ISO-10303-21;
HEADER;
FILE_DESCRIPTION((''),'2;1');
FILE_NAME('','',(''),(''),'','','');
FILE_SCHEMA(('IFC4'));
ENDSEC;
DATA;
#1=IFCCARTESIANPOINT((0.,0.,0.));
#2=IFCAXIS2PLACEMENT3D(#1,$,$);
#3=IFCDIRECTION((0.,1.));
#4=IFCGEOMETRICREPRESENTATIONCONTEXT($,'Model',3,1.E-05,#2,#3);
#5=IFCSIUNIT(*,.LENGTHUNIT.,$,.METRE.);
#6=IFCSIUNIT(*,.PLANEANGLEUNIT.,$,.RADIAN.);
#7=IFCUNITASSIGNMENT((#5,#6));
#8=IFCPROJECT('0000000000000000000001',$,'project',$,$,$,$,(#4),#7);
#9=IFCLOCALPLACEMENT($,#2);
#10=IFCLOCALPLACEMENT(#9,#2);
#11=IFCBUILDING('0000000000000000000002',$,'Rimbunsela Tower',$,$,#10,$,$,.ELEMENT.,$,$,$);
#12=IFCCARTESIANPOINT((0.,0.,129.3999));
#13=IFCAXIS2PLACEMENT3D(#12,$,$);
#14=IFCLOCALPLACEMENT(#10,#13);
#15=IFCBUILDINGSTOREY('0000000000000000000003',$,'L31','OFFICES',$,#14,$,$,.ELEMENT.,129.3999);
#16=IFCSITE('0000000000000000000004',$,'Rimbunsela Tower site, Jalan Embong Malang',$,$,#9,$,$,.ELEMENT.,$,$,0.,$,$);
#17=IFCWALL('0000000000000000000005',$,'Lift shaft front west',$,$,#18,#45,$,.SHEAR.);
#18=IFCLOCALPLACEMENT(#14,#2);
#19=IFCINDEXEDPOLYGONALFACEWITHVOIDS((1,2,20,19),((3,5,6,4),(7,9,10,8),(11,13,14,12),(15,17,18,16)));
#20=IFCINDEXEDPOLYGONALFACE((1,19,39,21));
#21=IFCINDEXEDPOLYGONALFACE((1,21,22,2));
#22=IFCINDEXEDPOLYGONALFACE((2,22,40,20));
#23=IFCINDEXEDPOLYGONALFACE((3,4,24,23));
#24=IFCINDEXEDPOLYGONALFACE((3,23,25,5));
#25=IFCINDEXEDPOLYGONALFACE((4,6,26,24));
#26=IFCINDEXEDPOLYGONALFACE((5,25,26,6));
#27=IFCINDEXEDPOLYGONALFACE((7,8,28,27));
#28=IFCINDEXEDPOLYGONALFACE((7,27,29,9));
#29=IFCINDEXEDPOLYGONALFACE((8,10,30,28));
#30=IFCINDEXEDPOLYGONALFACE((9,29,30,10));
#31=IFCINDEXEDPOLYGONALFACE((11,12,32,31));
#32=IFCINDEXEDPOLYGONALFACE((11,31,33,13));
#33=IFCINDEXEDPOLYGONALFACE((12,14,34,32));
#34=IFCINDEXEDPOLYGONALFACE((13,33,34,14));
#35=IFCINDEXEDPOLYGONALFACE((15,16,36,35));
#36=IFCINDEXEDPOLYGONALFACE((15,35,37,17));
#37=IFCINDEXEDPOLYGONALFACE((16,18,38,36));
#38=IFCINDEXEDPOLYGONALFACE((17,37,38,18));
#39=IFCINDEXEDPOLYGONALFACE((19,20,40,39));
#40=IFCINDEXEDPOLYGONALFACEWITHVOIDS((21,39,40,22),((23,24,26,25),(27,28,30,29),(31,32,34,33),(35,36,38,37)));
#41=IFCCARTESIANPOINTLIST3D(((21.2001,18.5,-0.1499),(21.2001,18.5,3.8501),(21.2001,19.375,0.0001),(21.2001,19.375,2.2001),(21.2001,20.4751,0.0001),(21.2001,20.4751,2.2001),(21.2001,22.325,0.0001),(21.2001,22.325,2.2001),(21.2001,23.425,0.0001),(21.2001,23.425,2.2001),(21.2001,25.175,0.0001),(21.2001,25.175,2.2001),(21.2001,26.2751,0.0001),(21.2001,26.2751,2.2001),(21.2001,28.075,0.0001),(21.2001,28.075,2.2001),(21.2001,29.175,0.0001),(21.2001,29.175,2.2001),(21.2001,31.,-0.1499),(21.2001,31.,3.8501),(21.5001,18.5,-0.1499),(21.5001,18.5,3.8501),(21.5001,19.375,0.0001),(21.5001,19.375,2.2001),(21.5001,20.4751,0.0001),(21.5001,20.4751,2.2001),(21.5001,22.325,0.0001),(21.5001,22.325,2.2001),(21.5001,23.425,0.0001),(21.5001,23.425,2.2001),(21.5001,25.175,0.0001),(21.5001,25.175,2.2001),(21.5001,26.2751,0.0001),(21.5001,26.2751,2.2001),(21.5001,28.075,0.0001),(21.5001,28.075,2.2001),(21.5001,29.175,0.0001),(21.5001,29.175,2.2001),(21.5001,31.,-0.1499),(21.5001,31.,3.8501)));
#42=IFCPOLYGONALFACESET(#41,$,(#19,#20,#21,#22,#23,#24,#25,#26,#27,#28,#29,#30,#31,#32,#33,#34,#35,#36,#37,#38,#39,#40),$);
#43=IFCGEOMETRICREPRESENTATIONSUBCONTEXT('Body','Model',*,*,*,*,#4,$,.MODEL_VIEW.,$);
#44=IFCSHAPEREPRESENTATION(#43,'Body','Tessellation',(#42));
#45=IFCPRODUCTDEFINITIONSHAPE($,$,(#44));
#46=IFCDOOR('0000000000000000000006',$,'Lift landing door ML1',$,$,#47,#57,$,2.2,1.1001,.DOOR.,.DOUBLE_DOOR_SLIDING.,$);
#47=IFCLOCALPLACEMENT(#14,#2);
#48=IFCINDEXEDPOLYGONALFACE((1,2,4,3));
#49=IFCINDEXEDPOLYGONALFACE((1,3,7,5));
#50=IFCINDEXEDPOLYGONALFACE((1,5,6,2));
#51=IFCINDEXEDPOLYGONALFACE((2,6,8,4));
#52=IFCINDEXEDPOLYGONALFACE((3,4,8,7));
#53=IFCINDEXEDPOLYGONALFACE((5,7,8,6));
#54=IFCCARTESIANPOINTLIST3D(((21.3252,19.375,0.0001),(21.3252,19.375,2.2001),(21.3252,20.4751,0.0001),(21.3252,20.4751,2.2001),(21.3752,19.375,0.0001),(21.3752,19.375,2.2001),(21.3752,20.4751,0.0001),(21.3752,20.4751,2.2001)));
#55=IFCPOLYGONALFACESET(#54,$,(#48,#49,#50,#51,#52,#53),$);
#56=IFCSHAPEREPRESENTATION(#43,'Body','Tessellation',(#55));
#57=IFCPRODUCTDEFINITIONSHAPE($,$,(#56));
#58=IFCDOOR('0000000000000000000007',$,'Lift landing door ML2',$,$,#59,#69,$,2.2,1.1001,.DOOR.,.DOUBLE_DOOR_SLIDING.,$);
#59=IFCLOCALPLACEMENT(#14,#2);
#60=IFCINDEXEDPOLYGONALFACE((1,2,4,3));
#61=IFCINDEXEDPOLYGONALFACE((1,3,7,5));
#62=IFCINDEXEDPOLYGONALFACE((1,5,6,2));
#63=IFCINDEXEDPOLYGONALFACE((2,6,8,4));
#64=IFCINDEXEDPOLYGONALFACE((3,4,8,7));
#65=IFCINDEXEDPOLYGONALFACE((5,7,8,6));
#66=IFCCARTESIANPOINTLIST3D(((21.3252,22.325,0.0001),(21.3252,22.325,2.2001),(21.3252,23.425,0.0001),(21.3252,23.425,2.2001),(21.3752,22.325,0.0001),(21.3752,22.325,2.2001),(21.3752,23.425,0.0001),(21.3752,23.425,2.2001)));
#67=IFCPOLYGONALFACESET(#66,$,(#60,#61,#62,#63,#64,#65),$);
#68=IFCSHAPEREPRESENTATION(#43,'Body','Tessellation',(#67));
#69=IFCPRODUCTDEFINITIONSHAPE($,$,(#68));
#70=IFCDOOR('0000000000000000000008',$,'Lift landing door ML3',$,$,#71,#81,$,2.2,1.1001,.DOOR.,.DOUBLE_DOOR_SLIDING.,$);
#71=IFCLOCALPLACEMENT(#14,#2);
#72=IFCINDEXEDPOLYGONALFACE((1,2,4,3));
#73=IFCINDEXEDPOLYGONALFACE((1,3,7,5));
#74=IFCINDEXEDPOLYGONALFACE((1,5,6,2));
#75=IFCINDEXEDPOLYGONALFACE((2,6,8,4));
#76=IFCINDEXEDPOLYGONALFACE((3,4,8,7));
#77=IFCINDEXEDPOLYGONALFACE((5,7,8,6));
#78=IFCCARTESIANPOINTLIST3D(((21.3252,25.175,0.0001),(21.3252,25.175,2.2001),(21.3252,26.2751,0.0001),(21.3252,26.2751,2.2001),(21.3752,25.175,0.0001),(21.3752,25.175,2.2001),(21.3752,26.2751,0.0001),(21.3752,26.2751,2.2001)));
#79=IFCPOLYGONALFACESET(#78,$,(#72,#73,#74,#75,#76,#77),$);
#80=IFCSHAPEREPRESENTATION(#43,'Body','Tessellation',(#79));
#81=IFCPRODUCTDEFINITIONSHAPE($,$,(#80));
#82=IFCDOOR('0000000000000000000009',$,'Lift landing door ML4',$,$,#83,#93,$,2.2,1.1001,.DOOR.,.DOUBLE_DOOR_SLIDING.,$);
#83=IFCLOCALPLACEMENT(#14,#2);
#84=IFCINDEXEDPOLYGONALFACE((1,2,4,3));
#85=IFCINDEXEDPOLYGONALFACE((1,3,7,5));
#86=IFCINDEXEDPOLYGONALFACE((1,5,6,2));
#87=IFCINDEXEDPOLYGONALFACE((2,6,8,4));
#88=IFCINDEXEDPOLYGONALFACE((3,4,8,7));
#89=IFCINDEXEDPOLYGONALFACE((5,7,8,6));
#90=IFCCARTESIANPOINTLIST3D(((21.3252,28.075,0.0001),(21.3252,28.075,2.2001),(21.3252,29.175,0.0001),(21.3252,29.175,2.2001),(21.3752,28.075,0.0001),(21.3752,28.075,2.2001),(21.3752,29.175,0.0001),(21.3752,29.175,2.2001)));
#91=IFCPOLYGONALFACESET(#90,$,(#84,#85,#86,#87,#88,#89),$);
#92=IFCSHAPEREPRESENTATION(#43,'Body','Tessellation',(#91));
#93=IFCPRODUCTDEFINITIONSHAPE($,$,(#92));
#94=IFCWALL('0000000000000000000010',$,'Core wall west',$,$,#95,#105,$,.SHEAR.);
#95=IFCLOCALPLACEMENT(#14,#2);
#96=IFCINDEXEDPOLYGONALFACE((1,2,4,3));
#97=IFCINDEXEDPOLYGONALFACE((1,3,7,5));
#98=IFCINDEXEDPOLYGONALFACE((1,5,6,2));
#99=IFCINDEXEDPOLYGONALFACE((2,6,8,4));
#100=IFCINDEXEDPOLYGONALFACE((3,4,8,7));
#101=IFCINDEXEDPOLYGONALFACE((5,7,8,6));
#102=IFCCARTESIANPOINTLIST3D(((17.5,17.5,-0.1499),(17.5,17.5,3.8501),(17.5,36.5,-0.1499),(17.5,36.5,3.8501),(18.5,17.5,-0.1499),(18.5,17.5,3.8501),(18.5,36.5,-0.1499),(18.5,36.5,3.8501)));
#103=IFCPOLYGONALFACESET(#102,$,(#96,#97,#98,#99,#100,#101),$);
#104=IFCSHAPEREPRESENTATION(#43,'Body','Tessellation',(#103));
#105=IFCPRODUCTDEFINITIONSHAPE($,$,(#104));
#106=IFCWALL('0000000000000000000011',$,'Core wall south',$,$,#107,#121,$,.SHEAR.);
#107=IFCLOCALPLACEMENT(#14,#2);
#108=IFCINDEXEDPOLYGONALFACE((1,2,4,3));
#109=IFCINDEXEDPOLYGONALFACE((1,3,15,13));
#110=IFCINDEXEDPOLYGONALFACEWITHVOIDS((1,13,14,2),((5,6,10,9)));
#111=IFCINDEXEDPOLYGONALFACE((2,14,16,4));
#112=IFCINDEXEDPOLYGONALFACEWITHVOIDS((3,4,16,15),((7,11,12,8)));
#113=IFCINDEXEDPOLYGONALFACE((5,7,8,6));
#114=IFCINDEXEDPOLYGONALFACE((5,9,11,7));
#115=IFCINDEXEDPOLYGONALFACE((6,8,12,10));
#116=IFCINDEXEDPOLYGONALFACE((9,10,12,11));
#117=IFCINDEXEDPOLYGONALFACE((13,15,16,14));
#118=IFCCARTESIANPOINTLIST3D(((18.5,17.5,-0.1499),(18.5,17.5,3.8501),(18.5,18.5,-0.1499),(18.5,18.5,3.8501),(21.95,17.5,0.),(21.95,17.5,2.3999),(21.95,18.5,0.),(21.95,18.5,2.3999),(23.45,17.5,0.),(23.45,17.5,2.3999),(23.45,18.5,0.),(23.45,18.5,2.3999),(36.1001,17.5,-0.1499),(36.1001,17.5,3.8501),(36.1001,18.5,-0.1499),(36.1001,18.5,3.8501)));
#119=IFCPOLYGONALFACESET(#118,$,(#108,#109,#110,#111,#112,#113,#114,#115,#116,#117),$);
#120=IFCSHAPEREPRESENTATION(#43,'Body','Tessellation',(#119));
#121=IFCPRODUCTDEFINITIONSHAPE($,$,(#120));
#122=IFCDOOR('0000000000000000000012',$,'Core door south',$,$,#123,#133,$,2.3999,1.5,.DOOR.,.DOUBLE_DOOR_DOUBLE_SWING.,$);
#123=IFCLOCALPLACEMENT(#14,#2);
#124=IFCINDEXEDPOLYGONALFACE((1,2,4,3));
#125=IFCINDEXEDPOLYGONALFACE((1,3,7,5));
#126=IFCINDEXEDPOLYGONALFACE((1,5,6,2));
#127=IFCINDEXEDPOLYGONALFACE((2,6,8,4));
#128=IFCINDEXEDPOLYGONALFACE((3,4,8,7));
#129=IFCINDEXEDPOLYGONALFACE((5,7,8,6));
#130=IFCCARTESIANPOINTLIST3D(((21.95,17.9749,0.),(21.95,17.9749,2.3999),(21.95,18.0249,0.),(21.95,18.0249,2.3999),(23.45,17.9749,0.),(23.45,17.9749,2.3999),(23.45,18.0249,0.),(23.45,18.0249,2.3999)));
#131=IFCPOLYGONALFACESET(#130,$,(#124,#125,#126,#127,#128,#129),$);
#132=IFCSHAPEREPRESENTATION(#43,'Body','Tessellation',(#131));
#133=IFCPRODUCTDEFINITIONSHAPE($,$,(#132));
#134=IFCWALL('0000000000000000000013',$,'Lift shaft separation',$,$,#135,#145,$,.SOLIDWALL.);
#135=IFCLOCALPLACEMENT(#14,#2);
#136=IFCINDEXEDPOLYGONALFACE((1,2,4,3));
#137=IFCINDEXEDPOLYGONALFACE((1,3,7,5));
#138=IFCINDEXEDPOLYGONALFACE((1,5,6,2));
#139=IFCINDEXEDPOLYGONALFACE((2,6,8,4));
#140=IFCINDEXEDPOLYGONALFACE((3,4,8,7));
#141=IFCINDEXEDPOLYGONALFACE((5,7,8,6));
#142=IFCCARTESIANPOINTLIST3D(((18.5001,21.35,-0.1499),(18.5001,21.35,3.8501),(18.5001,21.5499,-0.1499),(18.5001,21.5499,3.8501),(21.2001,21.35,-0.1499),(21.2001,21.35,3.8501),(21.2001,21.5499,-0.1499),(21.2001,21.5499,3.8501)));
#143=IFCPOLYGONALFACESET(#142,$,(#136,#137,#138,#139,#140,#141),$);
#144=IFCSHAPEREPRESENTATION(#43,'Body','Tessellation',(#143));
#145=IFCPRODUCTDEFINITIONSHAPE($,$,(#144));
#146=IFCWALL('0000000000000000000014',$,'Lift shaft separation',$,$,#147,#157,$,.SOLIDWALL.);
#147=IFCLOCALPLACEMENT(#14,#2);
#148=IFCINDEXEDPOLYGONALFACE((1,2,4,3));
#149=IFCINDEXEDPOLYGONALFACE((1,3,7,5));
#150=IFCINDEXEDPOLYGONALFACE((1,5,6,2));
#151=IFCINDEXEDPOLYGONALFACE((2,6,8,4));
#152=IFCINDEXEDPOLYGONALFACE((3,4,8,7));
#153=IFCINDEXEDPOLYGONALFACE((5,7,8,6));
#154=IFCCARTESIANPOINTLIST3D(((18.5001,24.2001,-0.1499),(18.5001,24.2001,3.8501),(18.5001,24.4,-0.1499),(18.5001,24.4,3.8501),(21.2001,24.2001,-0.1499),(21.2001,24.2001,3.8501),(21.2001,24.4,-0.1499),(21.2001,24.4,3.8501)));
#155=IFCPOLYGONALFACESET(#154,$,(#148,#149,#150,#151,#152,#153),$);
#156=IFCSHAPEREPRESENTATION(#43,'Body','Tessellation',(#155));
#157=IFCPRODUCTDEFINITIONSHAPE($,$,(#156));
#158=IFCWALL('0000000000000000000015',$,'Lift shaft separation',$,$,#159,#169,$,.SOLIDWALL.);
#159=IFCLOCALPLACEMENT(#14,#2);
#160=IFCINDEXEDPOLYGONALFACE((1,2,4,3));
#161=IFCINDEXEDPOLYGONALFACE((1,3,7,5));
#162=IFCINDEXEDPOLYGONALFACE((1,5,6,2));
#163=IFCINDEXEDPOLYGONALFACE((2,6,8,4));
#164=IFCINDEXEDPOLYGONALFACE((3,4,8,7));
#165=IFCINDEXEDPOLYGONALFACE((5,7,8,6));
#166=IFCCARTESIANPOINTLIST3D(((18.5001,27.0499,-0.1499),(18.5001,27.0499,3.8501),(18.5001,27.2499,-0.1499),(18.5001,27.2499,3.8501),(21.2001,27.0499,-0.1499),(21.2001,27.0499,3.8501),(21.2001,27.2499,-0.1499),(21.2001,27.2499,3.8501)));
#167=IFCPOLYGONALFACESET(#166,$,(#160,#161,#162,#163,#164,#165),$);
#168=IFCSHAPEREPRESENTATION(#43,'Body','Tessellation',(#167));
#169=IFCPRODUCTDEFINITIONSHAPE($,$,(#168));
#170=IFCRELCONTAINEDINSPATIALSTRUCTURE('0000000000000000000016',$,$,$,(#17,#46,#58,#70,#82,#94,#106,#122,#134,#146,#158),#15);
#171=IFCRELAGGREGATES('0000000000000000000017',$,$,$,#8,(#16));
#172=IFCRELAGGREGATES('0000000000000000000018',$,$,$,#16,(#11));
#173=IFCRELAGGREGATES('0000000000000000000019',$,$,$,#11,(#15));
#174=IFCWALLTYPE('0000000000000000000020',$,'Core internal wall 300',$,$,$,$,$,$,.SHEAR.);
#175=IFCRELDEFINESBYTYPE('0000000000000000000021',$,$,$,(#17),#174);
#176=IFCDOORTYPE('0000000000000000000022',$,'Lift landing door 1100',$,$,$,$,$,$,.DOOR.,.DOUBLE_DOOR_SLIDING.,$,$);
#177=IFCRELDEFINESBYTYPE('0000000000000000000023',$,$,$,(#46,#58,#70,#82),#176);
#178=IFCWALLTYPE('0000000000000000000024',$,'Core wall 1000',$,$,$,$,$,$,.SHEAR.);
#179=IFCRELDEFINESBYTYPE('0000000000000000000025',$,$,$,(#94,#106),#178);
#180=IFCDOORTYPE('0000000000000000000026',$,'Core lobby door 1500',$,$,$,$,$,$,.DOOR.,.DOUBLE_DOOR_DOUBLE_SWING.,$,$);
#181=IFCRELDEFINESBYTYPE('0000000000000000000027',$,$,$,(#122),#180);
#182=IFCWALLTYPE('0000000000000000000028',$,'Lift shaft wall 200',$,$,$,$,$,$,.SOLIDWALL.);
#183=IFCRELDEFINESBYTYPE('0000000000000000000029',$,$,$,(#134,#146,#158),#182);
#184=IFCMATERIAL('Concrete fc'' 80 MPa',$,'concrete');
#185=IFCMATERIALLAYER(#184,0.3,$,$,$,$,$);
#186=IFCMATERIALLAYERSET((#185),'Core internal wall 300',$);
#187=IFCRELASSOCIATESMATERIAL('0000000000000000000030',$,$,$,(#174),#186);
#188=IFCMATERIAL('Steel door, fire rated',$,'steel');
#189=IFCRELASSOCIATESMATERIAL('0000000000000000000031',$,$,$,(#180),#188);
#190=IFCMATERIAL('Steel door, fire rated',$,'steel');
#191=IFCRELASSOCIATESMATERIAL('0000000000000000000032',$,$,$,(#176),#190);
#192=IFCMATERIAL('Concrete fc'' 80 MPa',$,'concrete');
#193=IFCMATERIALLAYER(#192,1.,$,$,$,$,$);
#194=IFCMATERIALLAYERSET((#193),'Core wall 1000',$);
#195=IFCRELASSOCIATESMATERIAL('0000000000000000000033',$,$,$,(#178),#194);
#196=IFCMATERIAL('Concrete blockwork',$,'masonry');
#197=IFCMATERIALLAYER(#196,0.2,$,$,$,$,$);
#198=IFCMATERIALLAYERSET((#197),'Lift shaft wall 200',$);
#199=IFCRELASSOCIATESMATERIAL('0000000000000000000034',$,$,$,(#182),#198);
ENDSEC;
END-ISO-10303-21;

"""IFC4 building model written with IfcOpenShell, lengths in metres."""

from ifc_helpers import new_model, si_unit, direction, frame, frame_2d, origin, place, context, subcontext, project, spatial, rectangle, extrude, material, layer, layer_set, type_object, element, fill, save


model = new_model("IFC4")

# Units and contexts
model_context = context("Model", 3, precision=1e-05, world=origin(), true_north=direction((0.0, 1.0)))
body_context = subcontext(model_context, "Body", "Model", "MODEL_VIEW")
ifc_project = project(units=[si_unit("LENGTHUNIT", "METRE"), si_unit("PLANEANGLEUNIT", "RADIAN")], contexts=[model_context])

# Site, building, storey
site_placement = place(None, origin())
site = spatial("IfcSite", under=ifc_project, at=site_placement, Name="Rimbunsela Tower site, Jalan Embong Malang", CompositionType="ELEMENT", RefElevation=0.0)
building_placement = place(site_placement, origin())
building = spatial("IfcBuilding", under=site, at=building_placement, Name="Rimbunsela Tower", CompositionType="ELEMENT")
storey_placement = place(building_placement, frame((0.0, 0.0, 129.3999)))
storey = spatial("IfcBuildingStorey", under=building, at=storey_placement, Name="L31", Description="OFFICES", CompositionType="ELEMENT", Elevation=129.3999)

# Shared definitions
ifc_material_1 = material(Name="Concrete fc' 80 MPa", Category="concrete")
ifc_layer_1 = layer(ifc_material_1, 0.3)
ifc_layer_set_1 = layer_set([ifc_layer_1], Name="Core internal wall 300")
wall_type_1 = type_object("IfcWallType", Name="Core internal wall 300", PredefinedType="SHEAR", material=ifc_layer_set_1)
ifc_material_2 = material(Name="Steel door, fire rated", Category="steel")
door_type_1 = type_object("IfcDoorType", Name="Core lobby door 1500", OperationType="DOUBLE_DOOR_DOUBLE_SWING", PredefinedType="DOOR", material=ifc_material_2)

# Wall, openings, doors
wall_1_placement = place(storey_placement, frame((21.3501, 18.5, -0.1499), z_axis=(0.0, 0.0, 1.0), x_axis=(0.0, 1.0, 0.0)))
wall_1 = element("IfcWall", 1, at=wall_1_placement, inside=storey, type_object=wall_type_1, Name="Lift shaft front west", PredefinedType="SHEAR", context=body_context, shape_type="SweptSolid", body=[
    extrude(rectangle(XDim=12.5, YDim=0.3, at=frame_2d((6.25, 0.0))), origin(), (0.0, 0.0, 1.0), 4.0),
])
opening_1_placement = place(wall_1_placement, frame((0.875, 0.0, 0.1499)))
opening_1 = element("IfcOpeningElement", 2, at=opening_1_placement, cuts=wall_1, PredefinedType="OPENING", context=body_context, shape_type="SweptSolid", body=[
    extrude(rectangle(XDim=1.1001, YDim=2.2, at=frame_2d((0.55, 1.1001))), frame((0.0, 0.1599, 0.0), z_axis=(0.0, -1.0, 0.0), x_axis=(1.0, 0.0, 0.0)), (0.0, 0.0, 1.0), 0.3201),
])
opening_2_placement = place(wall_1_placement, frame((3.825, 0.0, 0.1499)))
opening_2 = element("IfcOpeningElement", 3, at=opening_2_placement, cuts=wall_1, PredefinedType="OPENING", context=body_context, shape_type="SweptSolid", body=[
    extrude(rectangle(XDim=1.1001, YDim=2.2, at=frame_2d((0.55, 1.1001))), frame((0.0, 0.1599, 0.0), z_axis=(0.0, -1.0, 0.0), x_axis=(1.0, 0.0, 0.0)), (0.0, 0.0, 1.0), 0.3201),
])
opening_3_placement = place(wall_1_placement, frame((6.675, 0.0, 0.1499)))
opening_3 = element("IfcOpeningElement", 4, at=opening_3_placement, cuts=wall_1, PredefinedType="OPENING", context=body_context, shape_type="SweptSolid", body=[
    extrude(rectangle(XDim=1.1001, YDim=2.2, at=frame_2d((0.55, 1.1001))), frame((0.0, 0.1599, 0.0), z_axis=(0.0, -1.0, 0.0), x_axis=(1.0, 0.0, 0.0)), (0.0, 0.0, 1.0), 0.3201),
])
opening_4_placement = place(wall_1_placement, frame((9.575, 0.0, 0.1499)))
opening_4 = element("IfcOpeningElement", 5, at=opening_4_placement, cuts=wall_1, PredefinedType="OPENING", context=body_context, shape_type="SweptSolid", body=[
    extrude(rectangle(XDim=1.1001, YDim=2.2, at=frame_2d((0.55, 1.1001))), frame((0.0, 0.1599, 0.0), z_axis=(0.0, -1.0, 0.0), x_axis=(1.0, 0.0, 0.0)), (0.0, 0.0, 1.0), 0.3201),
])
ifc_material_3 = material(Name="Steel door, fire rated", Category="steel")
door_type_2 = type_object("IfcDoorType", Name="Lift landing door 1100", OperationType="DOUBLE_DOOR_SLIDING", PredefinedType="DOOR", material=ifc_material_3)
door_1_placement = place(opening_1_placement, origin())
door_1 = element("IfcDoor", 6, at=door_1_placement, inside=storey, type_object=door_type_2, Name="Lift landing door ML1", OperationType="DOUBLE_DOOR_SLIDING", OverallHeight=2.2, OverallWidth=1.1001, PredefinedType="DOOR", context=body_context, shape_type="SweptSolid", body=[
    extrude(rectangle(XDim=1.1001, YDim=2.2, at=frame_2d((0.55, 1.1001))), frame((0.0, 0.0249, 0.0), z_axis=(0.0, -1.0, 0.0), x_axis=(1.0, 0.0, 0.0)), (0.0, 0.0, 1.0), 0.05),
])
fill(opening_1, door_1)
door_2_placement = place(opening_2_placement, origin())
door_2 = element("IfcDoor", 7, at=door_2_placement, inside=storey, type_object=door_type_2, Name="Lift landing door ML2", OperationType="DOUBLE_DOOR_SLIDING", OverallHeight=2.2, OverallWidth=1.1001, PredefinedType="DOOR", context=body_context, shape_type="SweptSolid", body=[
    extrude(rectangle(XDim=1.1001, YDim=2.2, at=frame_2d((0.55, 1.1001))), frame((0.0, 0.0249, 0.0), z_axis=(0.0, -1.0, 0.0), x_axis=(1.0, 0.0, 0.0)), (0.0, 0.0, 1.0), 0.05),
])
fill(opening_2, door_2)
door_3_placement = place(opening_3_placement, origin())
door_3 = element("IfcDoor", 8, at=door_3_placement, inside=storey, type_object=door_type_2, Name="Lift landing door ML3", OperationType="DOUBLE_DOOR_SLIDING", OverallHeight=2.2, OverallWidth=1.1001, PredefinedType="DOOR", context=body_context, shape_type="SweptSolid", body=[
    extrude(rectangle(XDim=1.1001, YDim=2.2, at=frame_2d((0.55, 1.1001))), frame((0.0, 0.0249, 0.0), z_axis=(0.0, -1.0, 0.0), x_axis=(1.0, 0.0, 0.0)), (0.0, 0.0, 1.0), 0.05),
])
fill(opening_3, door_3)
door_4_placement = place(opening_4_placement, origin())
door_4 = element("IfcDoor", 9, at=door_4_placement, inside=storey, type_object=door_type_2, Name="Lift landing door ML4", OperationType="DOUBLE_DOOR_SLIDING", OverallHeight=2.2, OverallWidth=1.1001, PredefinedType="DOOR", context=body_context, shape_type="SweptSolid", body=[
    extrude(rectangle(XDim=1.1001, YDim=2.2, at=frame_2d((0.55, 1.1001))), frame((0.0, 0.0249, 0.0), z_axis=(0.0, -1.0, 0.0), x_axis=(1.0, 0.0, 0.0)), (0.0, 0.0, 1.0), 0.05),
])
fill(opening_4, door_4)

# Wall
ifc_material_4 = material(Name="Concrete fc' 80 MPa", Category="concrete")
ifc_layer_2 = layer(ifc_material_4, 1.0)
ifc_layer_set_2 = layer_set([ifc_layer_2], Name="Core wall 1000")
wall_type_2 = type_object("IfcWallType", Name="Core wall 1000", PredefinedType="SHEAR", material=ifc_layer_set_2)
wall_2_placement = place(storey_placement, frame((18.0, 17.5, -0.1499), z_axis=(0.0, 0.0, 1.0), x_axis=(0.0, 1.0, 0.0)))
element("IfcWall", 10, at=wall_2_placement, inside=storey, type_object=wall_type_2, Name="Core wall west", PredefinedType="SHEAR", context=body_context, shape_type="SweptSolid", body=[
    extrude(rectangle(XDim=19.0, YDim=1.0, at=frame_2d((9.5, 0.0))), origin(), (0.0, 0.0, 1.0), 4.0),
])

# Wall, opening, door
wall_3_placement = place(storey_placement, frame((18.5, 18.0, -0.1499), z_axis=(0.0, 0.0, 1.0), x_axis=(1.0, 0.0, 0.0)))
wall_3 = element("IfcWall", 11, at=wall_3_placement, inside=storey, type_object=wall_type_2, Name="Core wall south", PredefinedType="SHEAR", context=body_context, shape_type="SweptSolid", body=[
    extrude(rectangle(XDim=17.6001, YDim=1.0, at=frame_2d((8.8, 0.0))), origin(), (0.0, 0.0, 1.0), 4.0),
])
opening_5_placement = place(wall_3_placement, frame((3.45, 0.0, 0.1499)))
opening_5 = element("IfcOpeningElement", 12, at=opening_5_placement, cuts=wall_3, PredefinedType="OPENING", context=body_context, shape_type="SweptSolid", body=[
    extrude(rectangle(XDim=1.5, YDim=2.3999, at=frame_2d((0.75, 1.2))), frame((0.0, 0.51, 0.0), z_axis=(0.0, -1.0, 0.0), x_axis=(1.0, 0.0, 0.0)), (0.0, 0.0, 1.0), 1.02),
])
door_5_placement = place(opening_5_placement, origin())
door_5 = element("IfcDoor", 13, at=door_5_placement, inside=storey, type_object=door_type_1, Name="Core door south", OperationType="DOUBLE_DOOR_DOUBLE_SWING", OverallHeight=2.3999, OverallWidth=1.5, PredefinedType="DOOR", context=body_context, shape_type="SweptSolid", body=[
    extrude(rectangle(XDim=1.5, YDim=2.3999, at=frame_2d((0.75, 1.2))), frame((0.0, 0.0249, 0.0), z_axis=(0.0, -1.0, 0.0), x_axis=(1.0, 0.0, 0.0)), (0.0, 0.0, 1.0), 0.05),
])
fill(opening_5, door_5)

# Walls
ifc_material_5 = material(Name="Concrete blockwork", Category="masonry")
ifc_layer_3 = layer(ifc_material_5, 0.2)
ifc_layer_set_3 = layer_set([ifc_layer_3], Name="Lift shaft wall 200")
wall_type_3 = type_object("IfcWallType", Name="Lift shaft wall 200", PredefinedType="SOLIDWALL", material=ifc_layer_set_3)
for number, where, z_axis, x_axis, name in (
    (14, (18.5, 21.45, -0.1499), (0.0, 0.0, 1.0), (1.0, 0.0, 0.0), "Lift shaft separation"),
    (15, (18.5, 24.3, -0.1499), (0.0, 0.0, 1.0), (1.0, 0.0, 0.0), "Lift shaft separation"),
    (16, (18.5, 27.1499, -0.1499), (0.0, 0.0, 1.0), (1.0, 0.0, 0.0), "Lift shaft separation"),
):
    element("IfcWall", number, at=place(storey_placement, frame(where, z_axis=z_axis, x_axis=x_axis)), inside=storey, type_object=wall_type_3, Name=name, PredefinedType="SOLIDWALL", context=body_context, shape_type="SweptSolid", body=[
        extrude(rectangle(XDim=2.7, YDim=0.2, at=frame_2d((1.3501, 0.0))), origin(), (0.0, 0.0, 1.0), 4.0),
    ])

save(model, "model.ifc")
